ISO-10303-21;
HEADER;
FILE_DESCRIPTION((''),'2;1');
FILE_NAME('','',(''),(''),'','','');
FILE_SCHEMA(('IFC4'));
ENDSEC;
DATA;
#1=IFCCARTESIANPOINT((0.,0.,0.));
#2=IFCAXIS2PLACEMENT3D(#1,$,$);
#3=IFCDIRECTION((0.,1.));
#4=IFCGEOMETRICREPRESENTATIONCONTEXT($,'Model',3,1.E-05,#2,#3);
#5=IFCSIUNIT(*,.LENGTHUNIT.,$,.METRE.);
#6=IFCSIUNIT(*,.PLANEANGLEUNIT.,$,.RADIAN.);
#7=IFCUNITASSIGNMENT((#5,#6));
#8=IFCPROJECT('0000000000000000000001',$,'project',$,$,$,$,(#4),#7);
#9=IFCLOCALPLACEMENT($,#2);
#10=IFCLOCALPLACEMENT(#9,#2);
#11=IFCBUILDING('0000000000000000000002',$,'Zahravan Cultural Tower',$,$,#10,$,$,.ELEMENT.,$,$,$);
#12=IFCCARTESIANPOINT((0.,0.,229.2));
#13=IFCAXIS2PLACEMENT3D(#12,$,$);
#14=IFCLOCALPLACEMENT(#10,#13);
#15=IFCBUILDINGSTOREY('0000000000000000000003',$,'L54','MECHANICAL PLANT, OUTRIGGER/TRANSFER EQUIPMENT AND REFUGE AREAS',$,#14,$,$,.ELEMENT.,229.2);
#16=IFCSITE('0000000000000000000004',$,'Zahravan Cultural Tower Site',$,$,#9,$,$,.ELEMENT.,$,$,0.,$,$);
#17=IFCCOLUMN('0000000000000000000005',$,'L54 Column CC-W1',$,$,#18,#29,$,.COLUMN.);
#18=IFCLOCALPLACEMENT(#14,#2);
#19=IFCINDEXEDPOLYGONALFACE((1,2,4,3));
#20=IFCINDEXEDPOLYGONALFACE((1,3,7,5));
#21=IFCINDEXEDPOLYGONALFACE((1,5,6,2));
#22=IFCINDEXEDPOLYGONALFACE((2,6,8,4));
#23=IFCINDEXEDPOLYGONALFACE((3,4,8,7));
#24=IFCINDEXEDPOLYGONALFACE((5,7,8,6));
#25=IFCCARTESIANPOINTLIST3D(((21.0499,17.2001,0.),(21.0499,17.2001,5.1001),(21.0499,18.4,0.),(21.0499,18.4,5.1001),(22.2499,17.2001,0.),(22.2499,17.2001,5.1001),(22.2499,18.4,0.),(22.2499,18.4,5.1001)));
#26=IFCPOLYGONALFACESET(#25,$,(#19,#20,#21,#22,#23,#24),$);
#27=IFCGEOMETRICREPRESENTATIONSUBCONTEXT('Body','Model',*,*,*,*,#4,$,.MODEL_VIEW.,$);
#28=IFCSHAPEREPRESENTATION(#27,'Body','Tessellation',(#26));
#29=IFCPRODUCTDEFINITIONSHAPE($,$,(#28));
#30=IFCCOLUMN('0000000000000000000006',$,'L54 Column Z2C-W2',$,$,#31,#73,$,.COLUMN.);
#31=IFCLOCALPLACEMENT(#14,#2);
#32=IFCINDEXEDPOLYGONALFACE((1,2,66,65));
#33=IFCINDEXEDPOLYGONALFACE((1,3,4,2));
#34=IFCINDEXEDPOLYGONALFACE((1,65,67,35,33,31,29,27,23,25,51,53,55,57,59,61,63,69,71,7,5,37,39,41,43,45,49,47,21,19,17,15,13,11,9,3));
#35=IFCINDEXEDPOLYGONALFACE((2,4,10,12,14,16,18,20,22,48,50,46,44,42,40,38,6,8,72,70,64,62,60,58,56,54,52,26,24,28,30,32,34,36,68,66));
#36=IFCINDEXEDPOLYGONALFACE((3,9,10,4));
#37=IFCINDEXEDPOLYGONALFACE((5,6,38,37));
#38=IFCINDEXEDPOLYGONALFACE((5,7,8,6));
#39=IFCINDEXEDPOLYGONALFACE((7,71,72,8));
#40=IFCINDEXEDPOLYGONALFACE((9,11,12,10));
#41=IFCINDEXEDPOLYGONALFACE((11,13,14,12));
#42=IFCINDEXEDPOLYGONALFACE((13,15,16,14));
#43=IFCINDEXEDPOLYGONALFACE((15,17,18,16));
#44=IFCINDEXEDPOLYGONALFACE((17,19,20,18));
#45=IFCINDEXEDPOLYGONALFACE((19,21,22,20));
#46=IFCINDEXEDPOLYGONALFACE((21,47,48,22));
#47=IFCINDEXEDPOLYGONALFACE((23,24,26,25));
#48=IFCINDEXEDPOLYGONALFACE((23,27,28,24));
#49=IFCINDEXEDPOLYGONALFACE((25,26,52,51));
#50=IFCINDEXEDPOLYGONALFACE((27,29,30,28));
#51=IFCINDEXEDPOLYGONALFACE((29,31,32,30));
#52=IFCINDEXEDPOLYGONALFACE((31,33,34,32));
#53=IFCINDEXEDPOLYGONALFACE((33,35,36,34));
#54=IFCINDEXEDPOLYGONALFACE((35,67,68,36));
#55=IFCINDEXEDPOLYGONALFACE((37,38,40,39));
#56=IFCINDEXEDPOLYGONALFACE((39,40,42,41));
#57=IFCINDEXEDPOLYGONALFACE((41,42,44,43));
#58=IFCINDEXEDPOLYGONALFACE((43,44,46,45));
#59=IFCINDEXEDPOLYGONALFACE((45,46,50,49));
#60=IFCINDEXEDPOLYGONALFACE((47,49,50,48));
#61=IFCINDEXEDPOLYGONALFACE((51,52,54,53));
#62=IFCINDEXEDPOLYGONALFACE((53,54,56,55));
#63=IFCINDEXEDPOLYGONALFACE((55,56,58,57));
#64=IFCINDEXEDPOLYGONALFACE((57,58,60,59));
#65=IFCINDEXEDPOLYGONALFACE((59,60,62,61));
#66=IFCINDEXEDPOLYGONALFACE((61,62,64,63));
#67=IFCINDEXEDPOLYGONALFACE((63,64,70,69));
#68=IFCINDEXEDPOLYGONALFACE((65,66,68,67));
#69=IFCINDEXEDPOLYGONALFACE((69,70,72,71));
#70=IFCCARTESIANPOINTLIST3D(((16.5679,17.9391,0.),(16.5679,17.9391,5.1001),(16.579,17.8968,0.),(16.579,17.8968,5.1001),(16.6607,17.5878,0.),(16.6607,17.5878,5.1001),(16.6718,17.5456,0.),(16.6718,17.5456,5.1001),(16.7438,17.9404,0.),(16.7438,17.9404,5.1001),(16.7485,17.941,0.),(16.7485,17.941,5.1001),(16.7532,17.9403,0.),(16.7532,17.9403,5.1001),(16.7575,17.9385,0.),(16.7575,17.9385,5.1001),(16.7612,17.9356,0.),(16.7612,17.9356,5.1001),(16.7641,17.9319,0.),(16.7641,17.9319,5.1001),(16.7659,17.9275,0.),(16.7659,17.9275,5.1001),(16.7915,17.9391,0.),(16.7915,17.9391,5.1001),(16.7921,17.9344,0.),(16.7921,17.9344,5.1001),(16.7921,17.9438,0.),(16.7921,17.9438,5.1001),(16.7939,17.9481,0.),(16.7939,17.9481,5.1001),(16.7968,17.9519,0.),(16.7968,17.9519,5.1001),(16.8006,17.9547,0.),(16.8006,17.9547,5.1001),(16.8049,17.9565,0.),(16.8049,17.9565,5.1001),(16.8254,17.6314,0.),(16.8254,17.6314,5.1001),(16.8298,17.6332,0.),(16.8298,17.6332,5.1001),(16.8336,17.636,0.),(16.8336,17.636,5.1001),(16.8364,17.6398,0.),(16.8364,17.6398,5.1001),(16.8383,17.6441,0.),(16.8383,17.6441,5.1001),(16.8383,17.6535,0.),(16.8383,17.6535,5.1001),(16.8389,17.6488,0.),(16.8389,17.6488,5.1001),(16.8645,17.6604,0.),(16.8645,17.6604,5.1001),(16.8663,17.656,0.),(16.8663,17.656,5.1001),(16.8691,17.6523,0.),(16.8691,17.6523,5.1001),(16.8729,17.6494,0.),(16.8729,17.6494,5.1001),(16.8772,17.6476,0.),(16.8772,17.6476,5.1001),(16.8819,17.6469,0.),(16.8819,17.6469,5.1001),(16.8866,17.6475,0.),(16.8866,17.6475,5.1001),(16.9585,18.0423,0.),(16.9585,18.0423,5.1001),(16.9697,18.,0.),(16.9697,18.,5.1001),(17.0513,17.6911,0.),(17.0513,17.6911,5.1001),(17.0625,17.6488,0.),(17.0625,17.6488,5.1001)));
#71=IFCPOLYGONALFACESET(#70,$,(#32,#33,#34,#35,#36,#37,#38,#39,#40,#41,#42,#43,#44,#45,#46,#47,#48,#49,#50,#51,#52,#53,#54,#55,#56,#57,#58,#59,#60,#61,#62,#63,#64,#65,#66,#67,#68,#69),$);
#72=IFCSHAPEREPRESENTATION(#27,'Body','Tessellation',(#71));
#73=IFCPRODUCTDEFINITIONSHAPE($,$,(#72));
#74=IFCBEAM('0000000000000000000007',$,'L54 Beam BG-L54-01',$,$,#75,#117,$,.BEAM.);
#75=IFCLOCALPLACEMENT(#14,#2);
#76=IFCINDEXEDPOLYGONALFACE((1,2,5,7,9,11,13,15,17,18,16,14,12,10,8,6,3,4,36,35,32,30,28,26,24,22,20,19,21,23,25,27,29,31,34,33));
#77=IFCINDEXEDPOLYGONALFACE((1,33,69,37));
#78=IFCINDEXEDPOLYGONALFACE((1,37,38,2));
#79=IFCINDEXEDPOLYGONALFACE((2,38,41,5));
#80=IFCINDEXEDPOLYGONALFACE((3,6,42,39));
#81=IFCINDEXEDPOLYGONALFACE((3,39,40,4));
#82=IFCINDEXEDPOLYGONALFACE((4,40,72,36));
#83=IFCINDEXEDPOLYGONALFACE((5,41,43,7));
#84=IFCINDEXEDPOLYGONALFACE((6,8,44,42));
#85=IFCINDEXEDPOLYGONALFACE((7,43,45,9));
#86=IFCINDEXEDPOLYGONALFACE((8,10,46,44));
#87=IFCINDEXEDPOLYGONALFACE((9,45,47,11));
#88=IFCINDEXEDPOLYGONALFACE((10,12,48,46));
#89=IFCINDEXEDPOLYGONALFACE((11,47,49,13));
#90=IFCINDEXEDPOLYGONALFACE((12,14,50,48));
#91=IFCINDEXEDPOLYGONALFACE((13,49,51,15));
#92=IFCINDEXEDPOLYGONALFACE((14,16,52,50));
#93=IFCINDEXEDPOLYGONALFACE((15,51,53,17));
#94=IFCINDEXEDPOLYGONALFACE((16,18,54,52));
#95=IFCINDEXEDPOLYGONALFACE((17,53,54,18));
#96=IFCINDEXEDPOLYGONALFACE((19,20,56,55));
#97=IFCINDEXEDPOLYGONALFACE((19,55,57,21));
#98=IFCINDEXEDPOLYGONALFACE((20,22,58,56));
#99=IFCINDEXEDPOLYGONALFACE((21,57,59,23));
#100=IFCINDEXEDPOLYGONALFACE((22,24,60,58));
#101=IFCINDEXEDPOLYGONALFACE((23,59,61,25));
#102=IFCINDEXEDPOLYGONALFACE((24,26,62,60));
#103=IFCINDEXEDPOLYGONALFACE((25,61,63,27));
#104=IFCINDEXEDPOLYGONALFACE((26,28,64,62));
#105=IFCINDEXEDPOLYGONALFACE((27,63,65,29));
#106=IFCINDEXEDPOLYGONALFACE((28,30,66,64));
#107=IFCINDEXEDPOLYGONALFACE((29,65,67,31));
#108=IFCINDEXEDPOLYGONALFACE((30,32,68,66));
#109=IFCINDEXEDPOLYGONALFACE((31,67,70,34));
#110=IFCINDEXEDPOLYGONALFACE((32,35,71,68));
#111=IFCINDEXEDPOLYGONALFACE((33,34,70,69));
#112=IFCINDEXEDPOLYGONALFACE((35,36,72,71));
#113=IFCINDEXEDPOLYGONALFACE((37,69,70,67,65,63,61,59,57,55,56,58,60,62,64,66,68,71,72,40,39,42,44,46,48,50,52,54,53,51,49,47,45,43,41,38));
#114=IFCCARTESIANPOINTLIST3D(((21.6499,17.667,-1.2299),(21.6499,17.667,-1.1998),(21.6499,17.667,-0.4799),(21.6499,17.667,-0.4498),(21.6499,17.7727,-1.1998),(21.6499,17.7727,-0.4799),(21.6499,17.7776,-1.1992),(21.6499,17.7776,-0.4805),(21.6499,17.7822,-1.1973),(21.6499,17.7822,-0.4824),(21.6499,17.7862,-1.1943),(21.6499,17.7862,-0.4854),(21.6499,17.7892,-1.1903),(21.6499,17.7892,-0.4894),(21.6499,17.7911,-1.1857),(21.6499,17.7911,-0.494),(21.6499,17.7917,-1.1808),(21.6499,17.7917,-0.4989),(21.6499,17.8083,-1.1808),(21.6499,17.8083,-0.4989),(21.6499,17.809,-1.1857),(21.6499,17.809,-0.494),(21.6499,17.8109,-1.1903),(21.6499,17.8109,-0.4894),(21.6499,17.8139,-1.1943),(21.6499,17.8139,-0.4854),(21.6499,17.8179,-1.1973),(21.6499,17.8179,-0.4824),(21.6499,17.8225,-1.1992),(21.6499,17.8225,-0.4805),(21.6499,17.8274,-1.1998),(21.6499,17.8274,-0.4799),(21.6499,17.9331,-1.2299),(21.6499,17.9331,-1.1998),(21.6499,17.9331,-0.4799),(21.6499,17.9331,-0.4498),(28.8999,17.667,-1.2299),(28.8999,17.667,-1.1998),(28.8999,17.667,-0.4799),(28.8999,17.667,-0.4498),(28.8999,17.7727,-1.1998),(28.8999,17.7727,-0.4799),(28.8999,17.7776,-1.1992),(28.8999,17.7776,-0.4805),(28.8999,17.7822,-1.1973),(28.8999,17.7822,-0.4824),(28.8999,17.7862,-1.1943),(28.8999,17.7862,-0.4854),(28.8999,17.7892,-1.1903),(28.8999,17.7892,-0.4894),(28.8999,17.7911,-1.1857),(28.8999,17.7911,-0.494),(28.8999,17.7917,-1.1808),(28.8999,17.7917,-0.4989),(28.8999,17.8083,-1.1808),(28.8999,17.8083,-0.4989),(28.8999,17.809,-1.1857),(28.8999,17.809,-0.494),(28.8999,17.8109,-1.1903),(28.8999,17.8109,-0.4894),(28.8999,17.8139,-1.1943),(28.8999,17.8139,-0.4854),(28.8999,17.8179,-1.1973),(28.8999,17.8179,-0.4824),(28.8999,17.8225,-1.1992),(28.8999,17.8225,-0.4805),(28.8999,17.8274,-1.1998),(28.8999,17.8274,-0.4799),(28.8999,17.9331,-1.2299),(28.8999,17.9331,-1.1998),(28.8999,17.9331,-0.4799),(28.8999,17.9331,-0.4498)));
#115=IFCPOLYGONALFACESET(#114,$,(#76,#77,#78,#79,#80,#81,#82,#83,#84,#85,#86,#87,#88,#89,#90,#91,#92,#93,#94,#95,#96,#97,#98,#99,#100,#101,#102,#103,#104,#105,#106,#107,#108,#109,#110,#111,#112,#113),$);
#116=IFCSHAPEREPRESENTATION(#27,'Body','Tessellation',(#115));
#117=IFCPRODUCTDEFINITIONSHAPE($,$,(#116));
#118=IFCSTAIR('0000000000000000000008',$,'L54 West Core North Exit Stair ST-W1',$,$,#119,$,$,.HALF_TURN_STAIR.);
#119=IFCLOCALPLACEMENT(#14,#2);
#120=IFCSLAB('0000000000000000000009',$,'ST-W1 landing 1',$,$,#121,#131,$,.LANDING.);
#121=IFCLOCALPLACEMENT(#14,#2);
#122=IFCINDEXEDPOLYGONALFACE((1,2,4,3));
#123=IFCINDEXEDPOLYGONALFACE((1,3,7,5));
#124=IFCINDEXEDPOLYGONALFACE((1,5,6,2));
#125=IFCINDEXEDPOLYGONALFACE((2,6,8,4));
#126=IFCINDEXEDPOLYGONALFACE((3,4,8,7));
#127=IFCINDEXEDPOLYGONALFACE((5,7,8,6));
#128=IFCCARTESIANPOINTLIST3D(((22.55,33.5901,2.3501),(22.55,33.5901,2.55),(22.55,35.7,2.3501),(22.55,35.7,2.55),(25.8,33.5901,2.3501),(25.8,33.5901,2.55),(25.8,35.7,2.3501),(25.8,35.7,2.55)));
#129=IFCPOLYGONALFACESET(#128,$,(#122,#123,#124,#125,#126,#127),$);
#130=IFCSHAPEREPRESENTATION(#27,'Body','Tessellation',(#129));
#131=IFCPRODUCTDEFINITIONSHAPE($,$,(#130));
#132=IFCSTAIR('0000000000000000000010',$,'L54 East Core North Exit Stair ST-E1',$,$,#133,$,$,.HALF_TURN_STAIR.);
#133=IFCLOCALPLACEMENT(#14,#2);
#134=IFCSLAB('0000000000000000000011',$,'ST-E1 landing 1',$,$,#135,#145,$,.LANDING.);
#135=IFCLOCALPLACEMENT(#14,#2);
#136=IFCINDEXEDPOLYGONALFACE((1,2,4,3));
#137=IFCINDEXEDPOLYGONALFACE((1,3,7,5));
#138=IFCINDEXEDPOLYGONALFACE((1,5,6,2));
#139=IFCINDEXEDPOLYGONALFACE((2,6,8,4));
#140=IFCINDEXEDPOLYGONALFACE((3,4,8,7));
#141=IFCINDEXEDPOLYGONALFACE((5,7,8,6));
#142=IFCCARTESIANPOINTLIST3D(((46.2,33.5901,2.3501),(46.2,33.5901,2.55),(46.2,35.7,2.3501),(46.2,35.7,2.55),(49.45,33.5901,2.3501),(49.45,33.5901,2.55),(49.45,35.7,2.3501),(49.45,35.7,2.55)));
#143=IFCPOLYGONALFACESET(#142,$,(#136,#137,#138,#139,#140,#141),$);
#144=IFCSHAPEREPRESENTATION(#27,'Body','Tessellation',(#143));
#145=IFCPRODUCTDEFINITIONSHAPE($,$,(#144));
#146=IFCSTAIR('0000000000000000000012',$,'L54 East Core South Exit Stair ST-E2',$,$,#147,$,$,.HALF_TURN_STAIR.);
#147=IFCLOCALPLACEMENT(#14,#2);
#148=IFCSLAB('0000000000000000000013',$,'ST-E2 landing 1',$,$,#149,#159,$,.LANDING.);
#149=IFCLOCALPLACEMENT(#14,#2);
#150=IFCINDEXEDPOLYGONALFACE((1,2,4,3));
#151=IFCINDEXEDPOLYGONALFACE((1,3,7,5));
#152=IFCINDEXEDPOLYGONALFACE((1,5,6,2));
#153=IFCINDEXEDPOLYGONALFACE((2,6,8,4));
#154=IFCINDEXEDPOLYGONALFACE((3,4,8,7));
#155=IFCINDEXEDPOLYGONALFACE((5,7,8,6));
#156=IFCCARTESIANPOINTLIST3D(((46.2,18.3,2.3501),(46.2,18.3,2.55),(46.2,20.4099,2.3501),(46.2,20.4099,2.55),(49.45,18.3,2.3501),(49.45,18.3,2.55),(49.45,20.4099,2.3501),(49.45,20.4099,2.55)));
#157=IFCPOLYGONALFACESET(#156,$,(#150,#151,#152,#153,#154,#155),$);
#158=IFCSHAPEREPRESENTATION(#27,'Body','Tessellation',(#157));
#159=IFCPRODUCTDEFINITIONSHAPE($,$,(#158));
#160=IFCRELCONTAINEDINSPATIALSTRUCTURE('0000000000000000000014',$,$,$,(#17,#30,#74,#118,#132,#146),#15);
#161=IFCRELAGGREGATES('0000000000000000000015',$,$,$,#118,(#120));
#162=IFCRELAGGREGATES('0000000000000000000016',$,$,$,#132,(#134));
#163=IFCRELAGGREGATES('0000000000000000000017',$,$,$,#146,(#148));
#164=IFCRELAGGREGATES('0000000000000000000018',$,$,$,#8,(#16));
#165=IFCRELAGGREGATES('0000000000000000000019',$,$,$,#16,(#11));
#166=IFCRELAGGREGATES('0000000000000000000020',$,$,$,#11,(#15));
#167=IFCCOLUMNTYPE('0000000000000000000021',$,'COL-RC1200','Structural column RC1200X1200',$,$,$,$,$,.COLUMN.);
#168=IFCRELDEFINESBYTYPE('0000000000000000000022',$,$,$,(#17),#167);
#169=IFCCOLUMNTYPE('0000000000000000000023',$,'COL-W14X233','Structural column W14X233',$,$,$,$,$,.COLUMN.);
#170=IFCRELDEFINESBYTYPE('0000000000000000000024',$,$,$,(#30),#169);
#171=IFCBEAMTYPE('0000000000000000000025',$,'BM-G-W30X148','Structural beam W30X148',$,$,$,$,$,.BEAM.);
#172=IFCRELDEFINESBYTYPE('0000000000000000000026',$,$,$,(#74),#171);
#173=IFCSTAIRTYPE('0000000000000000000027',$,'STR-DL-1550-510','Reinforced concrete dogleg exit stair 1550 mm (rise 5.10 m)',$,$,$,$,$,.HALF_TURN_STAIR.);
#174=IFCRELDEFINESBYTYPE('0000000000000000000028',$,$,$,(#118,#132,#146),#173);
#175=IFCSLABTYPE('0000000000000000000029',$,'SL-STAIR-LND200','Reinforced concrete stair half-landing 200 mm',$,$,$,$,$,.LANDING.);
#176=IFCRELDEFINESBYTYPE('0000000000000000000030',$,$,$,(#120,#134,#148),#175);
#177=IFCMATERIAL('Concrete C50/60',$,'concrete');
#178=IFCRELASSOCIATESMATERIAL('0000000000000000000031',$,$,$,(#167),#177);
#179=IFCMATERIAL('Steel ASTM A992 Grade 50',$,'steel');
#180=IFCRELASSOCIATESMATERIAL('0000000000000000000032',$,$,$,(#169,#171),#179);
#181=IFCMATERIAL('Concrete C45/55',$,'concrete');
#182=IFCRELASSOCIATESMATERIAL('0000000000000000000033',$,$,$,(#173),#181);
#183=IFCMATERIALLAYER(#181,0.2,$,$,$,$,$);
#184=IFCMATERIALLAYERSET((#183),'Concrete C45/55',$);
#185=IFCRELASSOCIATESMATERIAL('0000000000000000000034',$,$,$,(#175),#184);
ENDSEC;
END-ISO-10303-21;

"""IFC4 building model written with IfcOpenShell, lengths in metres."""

from ifc_helpers import new_model, si_unit, direction, frame, origin, origin_2d, place, context, subcontext, project, spatial, polyline, rectangle, i_section, outline, extrude, source, transform, mapped, material, layer, layer_set, material_profile, profile_set, type_object, element, aggregate, save


model = new_model("IFC4")

# Units and contexts
model_context = context("Model", 3, precision=1e-05, world=origin(), true_north=direction((0.0, 1.0)))
body_context = subcontext(model_context, "Body", "Model", "MODEL_VIEW")
ifc_project = project(units=[si_unit("LENGTHUNIT", "METRE"), si_unit("PLANEANGLEUNIT", "RADIAN")], contexts=[model_context])

# Site, building, storey
site_placement = place(None, origin())
site = spatial("IfcSite", under=ifc_project, at=site_placement, Name="Zahravan Cultural Tower Site", CompositionType="ELEMENT", RefElevation=0.0)
building_placement = place(site_placement, origin())
building = spatial("IfcBuilding", under=site, at=building_placement, Name="Zahravan Cultural Tower", CompositionType="ELEMENT")
storey_placement = place(building_placement, frame((0.0, 0.0, 229.2)))
storey = spatial("IfcBuildingStorey", under=building, at=storey_placement, Name="L54", Description="MECHANICAL PLANT, OUTRIGGER/TRANSFER EQUIPMENT AND REFUGE AREAS", CompositionType="ELEMENT", Elevation=229.2)

# Columns
ifc_material_1 = material(Name="Concrete C50/60", Category="concrete")
ifc_material_profile_1 = material_profile(ifc_material_1, rectangle(XDim=1.2, YDim=1.2, at=origin_2d()), Name="RC1200X1200")
ifc_profile_set_1 = profile_set([ifc_material_profile_1], Name="Concrete C50/60")
column_type_1 = type_object("IfcColumnType", Name="COL-RC1200", Description="Structural column RC1200X1200", PredefinedType="COLUMN", material=ifc_profile_set_1)
shared_shape_1 = source(origin(), body_context, "Body", "SweptSolid", [
    extrude(rectangle(XDim=1.2, YDim=1.2, at=origin_2d()), origin(), (0.0, 0.0, 1.0), 5.1001),
])
column_1_placement = place(storey_placement, frame((21.6499, 17.8, 0.0), z_axis=(0.0, 0.0, 1.0), x_axis=(1.0, 0.0, 0.0)))
element("IfcColumn", 1, at=column_1_placement, inside=storey, type_object=column_type_1, Name="L54 Column CC-W1", PredefinedType="COLUMN", context=body_context, shape_type="MappedRepresentation", body=[
    mapped(shared_shape_1, transform((0.0, 0.0, 0.0), x_axis=(1.0, 0.0, 0.0), y_axis=(0.0, 1.0, 0.0), z_axis=(0.0, 0.0, 1.0), scale=1.0)),
])
ifc_material_2 = material(Name="Steel ASTM A992 Grade 50", Category="steel")
ifc_material_profile_2 = material_profile(ifc_material_2, i_section(OverallWidth=0.4041, OverallDepth=0.407, WebThickness=0.0271, FlangeThickness=0.0437, FilletRadius=0.0181, at=origin_2d()), Name="W14X233")
ifc_profile_set_2 = profile_set([ifc_material_profile_2], Name="Steel ASTM A992 Grade 50")
column_type_2 = type_object("IfcColumnType", Name="COL-W14X233", Description="Structural column W14X233", PredefinedType="COLUMN", material=ifc_profile_set_2)
shared_shape_2 = source(origin(), body_context, "Body", "SweptSolid", [
    extrude(i_section(OverallWidth=0.4041, OverallDepth=0.407, WebThickness=0.0271, FlangeThickness=0.0437, FilletRadius=0.0181, at=origin_2d()), origin(), (0.0, 0.0, 1.0), 5.1001),
])
column_2_placement = place(storey_placement, frame((16.8152, 17.7939, 0.0), z_axis=(0.0, 0.0, 1.0), x_axis=(0.966823, 0.255446, 0.0)))
element("IfcColumn", 2, at=column_2_placement, inside=storey, type_object=column_type_2, Name="L54 Column Z2C-W2", PredefinedType="COLUMN", context=body_context, shape_type="MappedRepresentation", body=[
    mapped(shared_shape_2, transform((0.0, 0.0, 0.0), x_axis=(1.0, 0.0, 0.0), y_axis=(0.0, 1.0, 0.0), z_axis=(0.0, 0.0, 1.0), scale=1.0)),
])

# Beam
ifc_material_profile_3 = material_profile(ifc_material_2, i_section(OverallWidth=0.2661, OverallDepth=0.78, WebThickness=0.0166, FlangeThickness=0.03, FilletRadius=0.019, at=origin_2d()), Name="W30X148")
ifc_profile_set_3 = profile_set([ifc_material_profile_3], Name="Steel ASTM A992 Grade 50")
beam_type = type_object("IfcBeamType", Name="BM-G-W30X148", Description="Structural beam W30X148", PredefinedType="BEAM", material=ifc_profile_set_3)
shared_shape_3 = source(origin(), body_context, "Body", "SweptSolid", [
    extrude(i_section(OverallWidth=0.2661, OverallDepth=0.78, WebThickness=0.0166, FlangeThickness=0.03, FilletRadius=0.019, at=origin_2d()), origin(), (0.0, 0.0, 1.0), 7.25),
])
beam_placement = place(storey_placement, frame((21.6499, 17.8, -0.8398), z_axis=(1.0, 0.0, 0.0), x_axis=(0.0, 1.0, 0.0)))
element("IfcBeam", 3, at=beam_placement, inside=storey, type_object=beam_type, Name="L54 Beam BG-L54-01", PredefinedType="BEAM", context=body_context, shape_type="MappedRepresentation", body=[
    mapped(shared_shape_3, transform((0.0, 0.0, 0.0), x_axis=(1.0, 0.0, 0.0), y_axis=(0.0, 1.0, 0.0), z_axis=(0.0, 0.0, 1.0), scale=1.0)),
])

# Stairs, slabs
ifc_material_3 = material(Name="Concrete C45/55", Category="concrete")
stair_type = type_object("IfcStairType", Name="STR-DL-1550-510", Description="Reinforced concrete dogleg exit stair 1550 mm (rise 5.10 m)", PredefinedType="HALF_TURN_STAIR", material=ifc_material_3)
stair_1_placement = place(storey_placement, origin())
stair_1 = element("IfcStair", 4, at=stair_1_placement, inside=storey, type_object=stair_type, Name="L54 West Core North Exit Stair ST-W1", PredefinedType="HALF_TURN_STAIR")
ifc_layer_1 = layer(ifc_material_3, 0.2)
ifc_layer_set_1 = layer_set([ifc_layer_1], Name="Concrete C45/55")
slab_type_1 = type_object("IfcSlabType", Name="SL-STAIR-LND200", Description="Reinforced concrete stair half-landing 200 mm", PredefinedType="LANDING", material=ifc_layer_set_1)
slab_1_placement = place(storey_placement, frame((0.0, 0.0, 2.3501)))
slab_1 = element("IfcSlab", 5, at=slab_1_placement, type_object=slab_type_1, Name="ST-W1 landing 1", PredefinedType="LANDING", context=body_context, shape_type="SweptSolid", body=[
    extrude(outline(polyline([(25.8, 33.5901), (25.8, 35.7), (22.55, 35.7), (22.55, 33.5901), (25.8, 33.5901)])), origin(), (0.0, 0.0, 1.0), 0.2),
])
aggregate(stair_1, [slab_1])
stair_2_placement = place(storey_placement, origin())
stair_2 = element("IfcStair", 6, at=stair_2_placement, inside=storey, type_object=stair_type, Name="L54 East Core North Exit Stair ST-E1", PredefinedType="HALF_TURN_STAIR")
slab_2_placement = place(storey_placement, frame((0.0, 0.0, 2.3501)))
slab_2 = element("IfcSlab", 7, at=slab_2_placement, type_object=slab_type_1, Name="ST-E1 landing 1", PredefinedType="LANDING", context=body_context, shape_type="SweptSolid", body=[
    extrude(outline(polyline([(49.45, 33.5901), (49.45, 35.7), (46.2, 35.7), (46.2, 33.5901), (49.45, 33.5901)])), origin(), (0.0, 0.0, 1.0), 0.2),
])
aggregate(stair_2, [slab_2])
stair_3_placement = place(storey_placement, origin())
stair_3 = element("IfcStair", 8, at=stair_3_placement, inside=storey, type_object=stair_type, Name="L54 East Core South Exit Stair ST-E2", PredefinedType="HALF_TURN_STAIR")
slab_3_placement = place(storey_placement, frame((0.0, 0.0, 2.3501)))
slab_3 = element("IfcSlab", 9, at=slab_3_placement, type_object=slab_type_1, Name="ST-E2 landing 1", PredefinedType="LANDING", context=body_context, shape_type="SweptSolid", body=[
    extrude(outline(polyline([(46.2, 20.4099), (46.2, 18.3), (49.45, 18.3), (49.45, 20.4099), (46.2, 20.4099)])), origin(), (0.0, 0.0, 1.0), 0.2),
])
aggregate(stair_3, [slab_3])

save(model, "model.ifc")
